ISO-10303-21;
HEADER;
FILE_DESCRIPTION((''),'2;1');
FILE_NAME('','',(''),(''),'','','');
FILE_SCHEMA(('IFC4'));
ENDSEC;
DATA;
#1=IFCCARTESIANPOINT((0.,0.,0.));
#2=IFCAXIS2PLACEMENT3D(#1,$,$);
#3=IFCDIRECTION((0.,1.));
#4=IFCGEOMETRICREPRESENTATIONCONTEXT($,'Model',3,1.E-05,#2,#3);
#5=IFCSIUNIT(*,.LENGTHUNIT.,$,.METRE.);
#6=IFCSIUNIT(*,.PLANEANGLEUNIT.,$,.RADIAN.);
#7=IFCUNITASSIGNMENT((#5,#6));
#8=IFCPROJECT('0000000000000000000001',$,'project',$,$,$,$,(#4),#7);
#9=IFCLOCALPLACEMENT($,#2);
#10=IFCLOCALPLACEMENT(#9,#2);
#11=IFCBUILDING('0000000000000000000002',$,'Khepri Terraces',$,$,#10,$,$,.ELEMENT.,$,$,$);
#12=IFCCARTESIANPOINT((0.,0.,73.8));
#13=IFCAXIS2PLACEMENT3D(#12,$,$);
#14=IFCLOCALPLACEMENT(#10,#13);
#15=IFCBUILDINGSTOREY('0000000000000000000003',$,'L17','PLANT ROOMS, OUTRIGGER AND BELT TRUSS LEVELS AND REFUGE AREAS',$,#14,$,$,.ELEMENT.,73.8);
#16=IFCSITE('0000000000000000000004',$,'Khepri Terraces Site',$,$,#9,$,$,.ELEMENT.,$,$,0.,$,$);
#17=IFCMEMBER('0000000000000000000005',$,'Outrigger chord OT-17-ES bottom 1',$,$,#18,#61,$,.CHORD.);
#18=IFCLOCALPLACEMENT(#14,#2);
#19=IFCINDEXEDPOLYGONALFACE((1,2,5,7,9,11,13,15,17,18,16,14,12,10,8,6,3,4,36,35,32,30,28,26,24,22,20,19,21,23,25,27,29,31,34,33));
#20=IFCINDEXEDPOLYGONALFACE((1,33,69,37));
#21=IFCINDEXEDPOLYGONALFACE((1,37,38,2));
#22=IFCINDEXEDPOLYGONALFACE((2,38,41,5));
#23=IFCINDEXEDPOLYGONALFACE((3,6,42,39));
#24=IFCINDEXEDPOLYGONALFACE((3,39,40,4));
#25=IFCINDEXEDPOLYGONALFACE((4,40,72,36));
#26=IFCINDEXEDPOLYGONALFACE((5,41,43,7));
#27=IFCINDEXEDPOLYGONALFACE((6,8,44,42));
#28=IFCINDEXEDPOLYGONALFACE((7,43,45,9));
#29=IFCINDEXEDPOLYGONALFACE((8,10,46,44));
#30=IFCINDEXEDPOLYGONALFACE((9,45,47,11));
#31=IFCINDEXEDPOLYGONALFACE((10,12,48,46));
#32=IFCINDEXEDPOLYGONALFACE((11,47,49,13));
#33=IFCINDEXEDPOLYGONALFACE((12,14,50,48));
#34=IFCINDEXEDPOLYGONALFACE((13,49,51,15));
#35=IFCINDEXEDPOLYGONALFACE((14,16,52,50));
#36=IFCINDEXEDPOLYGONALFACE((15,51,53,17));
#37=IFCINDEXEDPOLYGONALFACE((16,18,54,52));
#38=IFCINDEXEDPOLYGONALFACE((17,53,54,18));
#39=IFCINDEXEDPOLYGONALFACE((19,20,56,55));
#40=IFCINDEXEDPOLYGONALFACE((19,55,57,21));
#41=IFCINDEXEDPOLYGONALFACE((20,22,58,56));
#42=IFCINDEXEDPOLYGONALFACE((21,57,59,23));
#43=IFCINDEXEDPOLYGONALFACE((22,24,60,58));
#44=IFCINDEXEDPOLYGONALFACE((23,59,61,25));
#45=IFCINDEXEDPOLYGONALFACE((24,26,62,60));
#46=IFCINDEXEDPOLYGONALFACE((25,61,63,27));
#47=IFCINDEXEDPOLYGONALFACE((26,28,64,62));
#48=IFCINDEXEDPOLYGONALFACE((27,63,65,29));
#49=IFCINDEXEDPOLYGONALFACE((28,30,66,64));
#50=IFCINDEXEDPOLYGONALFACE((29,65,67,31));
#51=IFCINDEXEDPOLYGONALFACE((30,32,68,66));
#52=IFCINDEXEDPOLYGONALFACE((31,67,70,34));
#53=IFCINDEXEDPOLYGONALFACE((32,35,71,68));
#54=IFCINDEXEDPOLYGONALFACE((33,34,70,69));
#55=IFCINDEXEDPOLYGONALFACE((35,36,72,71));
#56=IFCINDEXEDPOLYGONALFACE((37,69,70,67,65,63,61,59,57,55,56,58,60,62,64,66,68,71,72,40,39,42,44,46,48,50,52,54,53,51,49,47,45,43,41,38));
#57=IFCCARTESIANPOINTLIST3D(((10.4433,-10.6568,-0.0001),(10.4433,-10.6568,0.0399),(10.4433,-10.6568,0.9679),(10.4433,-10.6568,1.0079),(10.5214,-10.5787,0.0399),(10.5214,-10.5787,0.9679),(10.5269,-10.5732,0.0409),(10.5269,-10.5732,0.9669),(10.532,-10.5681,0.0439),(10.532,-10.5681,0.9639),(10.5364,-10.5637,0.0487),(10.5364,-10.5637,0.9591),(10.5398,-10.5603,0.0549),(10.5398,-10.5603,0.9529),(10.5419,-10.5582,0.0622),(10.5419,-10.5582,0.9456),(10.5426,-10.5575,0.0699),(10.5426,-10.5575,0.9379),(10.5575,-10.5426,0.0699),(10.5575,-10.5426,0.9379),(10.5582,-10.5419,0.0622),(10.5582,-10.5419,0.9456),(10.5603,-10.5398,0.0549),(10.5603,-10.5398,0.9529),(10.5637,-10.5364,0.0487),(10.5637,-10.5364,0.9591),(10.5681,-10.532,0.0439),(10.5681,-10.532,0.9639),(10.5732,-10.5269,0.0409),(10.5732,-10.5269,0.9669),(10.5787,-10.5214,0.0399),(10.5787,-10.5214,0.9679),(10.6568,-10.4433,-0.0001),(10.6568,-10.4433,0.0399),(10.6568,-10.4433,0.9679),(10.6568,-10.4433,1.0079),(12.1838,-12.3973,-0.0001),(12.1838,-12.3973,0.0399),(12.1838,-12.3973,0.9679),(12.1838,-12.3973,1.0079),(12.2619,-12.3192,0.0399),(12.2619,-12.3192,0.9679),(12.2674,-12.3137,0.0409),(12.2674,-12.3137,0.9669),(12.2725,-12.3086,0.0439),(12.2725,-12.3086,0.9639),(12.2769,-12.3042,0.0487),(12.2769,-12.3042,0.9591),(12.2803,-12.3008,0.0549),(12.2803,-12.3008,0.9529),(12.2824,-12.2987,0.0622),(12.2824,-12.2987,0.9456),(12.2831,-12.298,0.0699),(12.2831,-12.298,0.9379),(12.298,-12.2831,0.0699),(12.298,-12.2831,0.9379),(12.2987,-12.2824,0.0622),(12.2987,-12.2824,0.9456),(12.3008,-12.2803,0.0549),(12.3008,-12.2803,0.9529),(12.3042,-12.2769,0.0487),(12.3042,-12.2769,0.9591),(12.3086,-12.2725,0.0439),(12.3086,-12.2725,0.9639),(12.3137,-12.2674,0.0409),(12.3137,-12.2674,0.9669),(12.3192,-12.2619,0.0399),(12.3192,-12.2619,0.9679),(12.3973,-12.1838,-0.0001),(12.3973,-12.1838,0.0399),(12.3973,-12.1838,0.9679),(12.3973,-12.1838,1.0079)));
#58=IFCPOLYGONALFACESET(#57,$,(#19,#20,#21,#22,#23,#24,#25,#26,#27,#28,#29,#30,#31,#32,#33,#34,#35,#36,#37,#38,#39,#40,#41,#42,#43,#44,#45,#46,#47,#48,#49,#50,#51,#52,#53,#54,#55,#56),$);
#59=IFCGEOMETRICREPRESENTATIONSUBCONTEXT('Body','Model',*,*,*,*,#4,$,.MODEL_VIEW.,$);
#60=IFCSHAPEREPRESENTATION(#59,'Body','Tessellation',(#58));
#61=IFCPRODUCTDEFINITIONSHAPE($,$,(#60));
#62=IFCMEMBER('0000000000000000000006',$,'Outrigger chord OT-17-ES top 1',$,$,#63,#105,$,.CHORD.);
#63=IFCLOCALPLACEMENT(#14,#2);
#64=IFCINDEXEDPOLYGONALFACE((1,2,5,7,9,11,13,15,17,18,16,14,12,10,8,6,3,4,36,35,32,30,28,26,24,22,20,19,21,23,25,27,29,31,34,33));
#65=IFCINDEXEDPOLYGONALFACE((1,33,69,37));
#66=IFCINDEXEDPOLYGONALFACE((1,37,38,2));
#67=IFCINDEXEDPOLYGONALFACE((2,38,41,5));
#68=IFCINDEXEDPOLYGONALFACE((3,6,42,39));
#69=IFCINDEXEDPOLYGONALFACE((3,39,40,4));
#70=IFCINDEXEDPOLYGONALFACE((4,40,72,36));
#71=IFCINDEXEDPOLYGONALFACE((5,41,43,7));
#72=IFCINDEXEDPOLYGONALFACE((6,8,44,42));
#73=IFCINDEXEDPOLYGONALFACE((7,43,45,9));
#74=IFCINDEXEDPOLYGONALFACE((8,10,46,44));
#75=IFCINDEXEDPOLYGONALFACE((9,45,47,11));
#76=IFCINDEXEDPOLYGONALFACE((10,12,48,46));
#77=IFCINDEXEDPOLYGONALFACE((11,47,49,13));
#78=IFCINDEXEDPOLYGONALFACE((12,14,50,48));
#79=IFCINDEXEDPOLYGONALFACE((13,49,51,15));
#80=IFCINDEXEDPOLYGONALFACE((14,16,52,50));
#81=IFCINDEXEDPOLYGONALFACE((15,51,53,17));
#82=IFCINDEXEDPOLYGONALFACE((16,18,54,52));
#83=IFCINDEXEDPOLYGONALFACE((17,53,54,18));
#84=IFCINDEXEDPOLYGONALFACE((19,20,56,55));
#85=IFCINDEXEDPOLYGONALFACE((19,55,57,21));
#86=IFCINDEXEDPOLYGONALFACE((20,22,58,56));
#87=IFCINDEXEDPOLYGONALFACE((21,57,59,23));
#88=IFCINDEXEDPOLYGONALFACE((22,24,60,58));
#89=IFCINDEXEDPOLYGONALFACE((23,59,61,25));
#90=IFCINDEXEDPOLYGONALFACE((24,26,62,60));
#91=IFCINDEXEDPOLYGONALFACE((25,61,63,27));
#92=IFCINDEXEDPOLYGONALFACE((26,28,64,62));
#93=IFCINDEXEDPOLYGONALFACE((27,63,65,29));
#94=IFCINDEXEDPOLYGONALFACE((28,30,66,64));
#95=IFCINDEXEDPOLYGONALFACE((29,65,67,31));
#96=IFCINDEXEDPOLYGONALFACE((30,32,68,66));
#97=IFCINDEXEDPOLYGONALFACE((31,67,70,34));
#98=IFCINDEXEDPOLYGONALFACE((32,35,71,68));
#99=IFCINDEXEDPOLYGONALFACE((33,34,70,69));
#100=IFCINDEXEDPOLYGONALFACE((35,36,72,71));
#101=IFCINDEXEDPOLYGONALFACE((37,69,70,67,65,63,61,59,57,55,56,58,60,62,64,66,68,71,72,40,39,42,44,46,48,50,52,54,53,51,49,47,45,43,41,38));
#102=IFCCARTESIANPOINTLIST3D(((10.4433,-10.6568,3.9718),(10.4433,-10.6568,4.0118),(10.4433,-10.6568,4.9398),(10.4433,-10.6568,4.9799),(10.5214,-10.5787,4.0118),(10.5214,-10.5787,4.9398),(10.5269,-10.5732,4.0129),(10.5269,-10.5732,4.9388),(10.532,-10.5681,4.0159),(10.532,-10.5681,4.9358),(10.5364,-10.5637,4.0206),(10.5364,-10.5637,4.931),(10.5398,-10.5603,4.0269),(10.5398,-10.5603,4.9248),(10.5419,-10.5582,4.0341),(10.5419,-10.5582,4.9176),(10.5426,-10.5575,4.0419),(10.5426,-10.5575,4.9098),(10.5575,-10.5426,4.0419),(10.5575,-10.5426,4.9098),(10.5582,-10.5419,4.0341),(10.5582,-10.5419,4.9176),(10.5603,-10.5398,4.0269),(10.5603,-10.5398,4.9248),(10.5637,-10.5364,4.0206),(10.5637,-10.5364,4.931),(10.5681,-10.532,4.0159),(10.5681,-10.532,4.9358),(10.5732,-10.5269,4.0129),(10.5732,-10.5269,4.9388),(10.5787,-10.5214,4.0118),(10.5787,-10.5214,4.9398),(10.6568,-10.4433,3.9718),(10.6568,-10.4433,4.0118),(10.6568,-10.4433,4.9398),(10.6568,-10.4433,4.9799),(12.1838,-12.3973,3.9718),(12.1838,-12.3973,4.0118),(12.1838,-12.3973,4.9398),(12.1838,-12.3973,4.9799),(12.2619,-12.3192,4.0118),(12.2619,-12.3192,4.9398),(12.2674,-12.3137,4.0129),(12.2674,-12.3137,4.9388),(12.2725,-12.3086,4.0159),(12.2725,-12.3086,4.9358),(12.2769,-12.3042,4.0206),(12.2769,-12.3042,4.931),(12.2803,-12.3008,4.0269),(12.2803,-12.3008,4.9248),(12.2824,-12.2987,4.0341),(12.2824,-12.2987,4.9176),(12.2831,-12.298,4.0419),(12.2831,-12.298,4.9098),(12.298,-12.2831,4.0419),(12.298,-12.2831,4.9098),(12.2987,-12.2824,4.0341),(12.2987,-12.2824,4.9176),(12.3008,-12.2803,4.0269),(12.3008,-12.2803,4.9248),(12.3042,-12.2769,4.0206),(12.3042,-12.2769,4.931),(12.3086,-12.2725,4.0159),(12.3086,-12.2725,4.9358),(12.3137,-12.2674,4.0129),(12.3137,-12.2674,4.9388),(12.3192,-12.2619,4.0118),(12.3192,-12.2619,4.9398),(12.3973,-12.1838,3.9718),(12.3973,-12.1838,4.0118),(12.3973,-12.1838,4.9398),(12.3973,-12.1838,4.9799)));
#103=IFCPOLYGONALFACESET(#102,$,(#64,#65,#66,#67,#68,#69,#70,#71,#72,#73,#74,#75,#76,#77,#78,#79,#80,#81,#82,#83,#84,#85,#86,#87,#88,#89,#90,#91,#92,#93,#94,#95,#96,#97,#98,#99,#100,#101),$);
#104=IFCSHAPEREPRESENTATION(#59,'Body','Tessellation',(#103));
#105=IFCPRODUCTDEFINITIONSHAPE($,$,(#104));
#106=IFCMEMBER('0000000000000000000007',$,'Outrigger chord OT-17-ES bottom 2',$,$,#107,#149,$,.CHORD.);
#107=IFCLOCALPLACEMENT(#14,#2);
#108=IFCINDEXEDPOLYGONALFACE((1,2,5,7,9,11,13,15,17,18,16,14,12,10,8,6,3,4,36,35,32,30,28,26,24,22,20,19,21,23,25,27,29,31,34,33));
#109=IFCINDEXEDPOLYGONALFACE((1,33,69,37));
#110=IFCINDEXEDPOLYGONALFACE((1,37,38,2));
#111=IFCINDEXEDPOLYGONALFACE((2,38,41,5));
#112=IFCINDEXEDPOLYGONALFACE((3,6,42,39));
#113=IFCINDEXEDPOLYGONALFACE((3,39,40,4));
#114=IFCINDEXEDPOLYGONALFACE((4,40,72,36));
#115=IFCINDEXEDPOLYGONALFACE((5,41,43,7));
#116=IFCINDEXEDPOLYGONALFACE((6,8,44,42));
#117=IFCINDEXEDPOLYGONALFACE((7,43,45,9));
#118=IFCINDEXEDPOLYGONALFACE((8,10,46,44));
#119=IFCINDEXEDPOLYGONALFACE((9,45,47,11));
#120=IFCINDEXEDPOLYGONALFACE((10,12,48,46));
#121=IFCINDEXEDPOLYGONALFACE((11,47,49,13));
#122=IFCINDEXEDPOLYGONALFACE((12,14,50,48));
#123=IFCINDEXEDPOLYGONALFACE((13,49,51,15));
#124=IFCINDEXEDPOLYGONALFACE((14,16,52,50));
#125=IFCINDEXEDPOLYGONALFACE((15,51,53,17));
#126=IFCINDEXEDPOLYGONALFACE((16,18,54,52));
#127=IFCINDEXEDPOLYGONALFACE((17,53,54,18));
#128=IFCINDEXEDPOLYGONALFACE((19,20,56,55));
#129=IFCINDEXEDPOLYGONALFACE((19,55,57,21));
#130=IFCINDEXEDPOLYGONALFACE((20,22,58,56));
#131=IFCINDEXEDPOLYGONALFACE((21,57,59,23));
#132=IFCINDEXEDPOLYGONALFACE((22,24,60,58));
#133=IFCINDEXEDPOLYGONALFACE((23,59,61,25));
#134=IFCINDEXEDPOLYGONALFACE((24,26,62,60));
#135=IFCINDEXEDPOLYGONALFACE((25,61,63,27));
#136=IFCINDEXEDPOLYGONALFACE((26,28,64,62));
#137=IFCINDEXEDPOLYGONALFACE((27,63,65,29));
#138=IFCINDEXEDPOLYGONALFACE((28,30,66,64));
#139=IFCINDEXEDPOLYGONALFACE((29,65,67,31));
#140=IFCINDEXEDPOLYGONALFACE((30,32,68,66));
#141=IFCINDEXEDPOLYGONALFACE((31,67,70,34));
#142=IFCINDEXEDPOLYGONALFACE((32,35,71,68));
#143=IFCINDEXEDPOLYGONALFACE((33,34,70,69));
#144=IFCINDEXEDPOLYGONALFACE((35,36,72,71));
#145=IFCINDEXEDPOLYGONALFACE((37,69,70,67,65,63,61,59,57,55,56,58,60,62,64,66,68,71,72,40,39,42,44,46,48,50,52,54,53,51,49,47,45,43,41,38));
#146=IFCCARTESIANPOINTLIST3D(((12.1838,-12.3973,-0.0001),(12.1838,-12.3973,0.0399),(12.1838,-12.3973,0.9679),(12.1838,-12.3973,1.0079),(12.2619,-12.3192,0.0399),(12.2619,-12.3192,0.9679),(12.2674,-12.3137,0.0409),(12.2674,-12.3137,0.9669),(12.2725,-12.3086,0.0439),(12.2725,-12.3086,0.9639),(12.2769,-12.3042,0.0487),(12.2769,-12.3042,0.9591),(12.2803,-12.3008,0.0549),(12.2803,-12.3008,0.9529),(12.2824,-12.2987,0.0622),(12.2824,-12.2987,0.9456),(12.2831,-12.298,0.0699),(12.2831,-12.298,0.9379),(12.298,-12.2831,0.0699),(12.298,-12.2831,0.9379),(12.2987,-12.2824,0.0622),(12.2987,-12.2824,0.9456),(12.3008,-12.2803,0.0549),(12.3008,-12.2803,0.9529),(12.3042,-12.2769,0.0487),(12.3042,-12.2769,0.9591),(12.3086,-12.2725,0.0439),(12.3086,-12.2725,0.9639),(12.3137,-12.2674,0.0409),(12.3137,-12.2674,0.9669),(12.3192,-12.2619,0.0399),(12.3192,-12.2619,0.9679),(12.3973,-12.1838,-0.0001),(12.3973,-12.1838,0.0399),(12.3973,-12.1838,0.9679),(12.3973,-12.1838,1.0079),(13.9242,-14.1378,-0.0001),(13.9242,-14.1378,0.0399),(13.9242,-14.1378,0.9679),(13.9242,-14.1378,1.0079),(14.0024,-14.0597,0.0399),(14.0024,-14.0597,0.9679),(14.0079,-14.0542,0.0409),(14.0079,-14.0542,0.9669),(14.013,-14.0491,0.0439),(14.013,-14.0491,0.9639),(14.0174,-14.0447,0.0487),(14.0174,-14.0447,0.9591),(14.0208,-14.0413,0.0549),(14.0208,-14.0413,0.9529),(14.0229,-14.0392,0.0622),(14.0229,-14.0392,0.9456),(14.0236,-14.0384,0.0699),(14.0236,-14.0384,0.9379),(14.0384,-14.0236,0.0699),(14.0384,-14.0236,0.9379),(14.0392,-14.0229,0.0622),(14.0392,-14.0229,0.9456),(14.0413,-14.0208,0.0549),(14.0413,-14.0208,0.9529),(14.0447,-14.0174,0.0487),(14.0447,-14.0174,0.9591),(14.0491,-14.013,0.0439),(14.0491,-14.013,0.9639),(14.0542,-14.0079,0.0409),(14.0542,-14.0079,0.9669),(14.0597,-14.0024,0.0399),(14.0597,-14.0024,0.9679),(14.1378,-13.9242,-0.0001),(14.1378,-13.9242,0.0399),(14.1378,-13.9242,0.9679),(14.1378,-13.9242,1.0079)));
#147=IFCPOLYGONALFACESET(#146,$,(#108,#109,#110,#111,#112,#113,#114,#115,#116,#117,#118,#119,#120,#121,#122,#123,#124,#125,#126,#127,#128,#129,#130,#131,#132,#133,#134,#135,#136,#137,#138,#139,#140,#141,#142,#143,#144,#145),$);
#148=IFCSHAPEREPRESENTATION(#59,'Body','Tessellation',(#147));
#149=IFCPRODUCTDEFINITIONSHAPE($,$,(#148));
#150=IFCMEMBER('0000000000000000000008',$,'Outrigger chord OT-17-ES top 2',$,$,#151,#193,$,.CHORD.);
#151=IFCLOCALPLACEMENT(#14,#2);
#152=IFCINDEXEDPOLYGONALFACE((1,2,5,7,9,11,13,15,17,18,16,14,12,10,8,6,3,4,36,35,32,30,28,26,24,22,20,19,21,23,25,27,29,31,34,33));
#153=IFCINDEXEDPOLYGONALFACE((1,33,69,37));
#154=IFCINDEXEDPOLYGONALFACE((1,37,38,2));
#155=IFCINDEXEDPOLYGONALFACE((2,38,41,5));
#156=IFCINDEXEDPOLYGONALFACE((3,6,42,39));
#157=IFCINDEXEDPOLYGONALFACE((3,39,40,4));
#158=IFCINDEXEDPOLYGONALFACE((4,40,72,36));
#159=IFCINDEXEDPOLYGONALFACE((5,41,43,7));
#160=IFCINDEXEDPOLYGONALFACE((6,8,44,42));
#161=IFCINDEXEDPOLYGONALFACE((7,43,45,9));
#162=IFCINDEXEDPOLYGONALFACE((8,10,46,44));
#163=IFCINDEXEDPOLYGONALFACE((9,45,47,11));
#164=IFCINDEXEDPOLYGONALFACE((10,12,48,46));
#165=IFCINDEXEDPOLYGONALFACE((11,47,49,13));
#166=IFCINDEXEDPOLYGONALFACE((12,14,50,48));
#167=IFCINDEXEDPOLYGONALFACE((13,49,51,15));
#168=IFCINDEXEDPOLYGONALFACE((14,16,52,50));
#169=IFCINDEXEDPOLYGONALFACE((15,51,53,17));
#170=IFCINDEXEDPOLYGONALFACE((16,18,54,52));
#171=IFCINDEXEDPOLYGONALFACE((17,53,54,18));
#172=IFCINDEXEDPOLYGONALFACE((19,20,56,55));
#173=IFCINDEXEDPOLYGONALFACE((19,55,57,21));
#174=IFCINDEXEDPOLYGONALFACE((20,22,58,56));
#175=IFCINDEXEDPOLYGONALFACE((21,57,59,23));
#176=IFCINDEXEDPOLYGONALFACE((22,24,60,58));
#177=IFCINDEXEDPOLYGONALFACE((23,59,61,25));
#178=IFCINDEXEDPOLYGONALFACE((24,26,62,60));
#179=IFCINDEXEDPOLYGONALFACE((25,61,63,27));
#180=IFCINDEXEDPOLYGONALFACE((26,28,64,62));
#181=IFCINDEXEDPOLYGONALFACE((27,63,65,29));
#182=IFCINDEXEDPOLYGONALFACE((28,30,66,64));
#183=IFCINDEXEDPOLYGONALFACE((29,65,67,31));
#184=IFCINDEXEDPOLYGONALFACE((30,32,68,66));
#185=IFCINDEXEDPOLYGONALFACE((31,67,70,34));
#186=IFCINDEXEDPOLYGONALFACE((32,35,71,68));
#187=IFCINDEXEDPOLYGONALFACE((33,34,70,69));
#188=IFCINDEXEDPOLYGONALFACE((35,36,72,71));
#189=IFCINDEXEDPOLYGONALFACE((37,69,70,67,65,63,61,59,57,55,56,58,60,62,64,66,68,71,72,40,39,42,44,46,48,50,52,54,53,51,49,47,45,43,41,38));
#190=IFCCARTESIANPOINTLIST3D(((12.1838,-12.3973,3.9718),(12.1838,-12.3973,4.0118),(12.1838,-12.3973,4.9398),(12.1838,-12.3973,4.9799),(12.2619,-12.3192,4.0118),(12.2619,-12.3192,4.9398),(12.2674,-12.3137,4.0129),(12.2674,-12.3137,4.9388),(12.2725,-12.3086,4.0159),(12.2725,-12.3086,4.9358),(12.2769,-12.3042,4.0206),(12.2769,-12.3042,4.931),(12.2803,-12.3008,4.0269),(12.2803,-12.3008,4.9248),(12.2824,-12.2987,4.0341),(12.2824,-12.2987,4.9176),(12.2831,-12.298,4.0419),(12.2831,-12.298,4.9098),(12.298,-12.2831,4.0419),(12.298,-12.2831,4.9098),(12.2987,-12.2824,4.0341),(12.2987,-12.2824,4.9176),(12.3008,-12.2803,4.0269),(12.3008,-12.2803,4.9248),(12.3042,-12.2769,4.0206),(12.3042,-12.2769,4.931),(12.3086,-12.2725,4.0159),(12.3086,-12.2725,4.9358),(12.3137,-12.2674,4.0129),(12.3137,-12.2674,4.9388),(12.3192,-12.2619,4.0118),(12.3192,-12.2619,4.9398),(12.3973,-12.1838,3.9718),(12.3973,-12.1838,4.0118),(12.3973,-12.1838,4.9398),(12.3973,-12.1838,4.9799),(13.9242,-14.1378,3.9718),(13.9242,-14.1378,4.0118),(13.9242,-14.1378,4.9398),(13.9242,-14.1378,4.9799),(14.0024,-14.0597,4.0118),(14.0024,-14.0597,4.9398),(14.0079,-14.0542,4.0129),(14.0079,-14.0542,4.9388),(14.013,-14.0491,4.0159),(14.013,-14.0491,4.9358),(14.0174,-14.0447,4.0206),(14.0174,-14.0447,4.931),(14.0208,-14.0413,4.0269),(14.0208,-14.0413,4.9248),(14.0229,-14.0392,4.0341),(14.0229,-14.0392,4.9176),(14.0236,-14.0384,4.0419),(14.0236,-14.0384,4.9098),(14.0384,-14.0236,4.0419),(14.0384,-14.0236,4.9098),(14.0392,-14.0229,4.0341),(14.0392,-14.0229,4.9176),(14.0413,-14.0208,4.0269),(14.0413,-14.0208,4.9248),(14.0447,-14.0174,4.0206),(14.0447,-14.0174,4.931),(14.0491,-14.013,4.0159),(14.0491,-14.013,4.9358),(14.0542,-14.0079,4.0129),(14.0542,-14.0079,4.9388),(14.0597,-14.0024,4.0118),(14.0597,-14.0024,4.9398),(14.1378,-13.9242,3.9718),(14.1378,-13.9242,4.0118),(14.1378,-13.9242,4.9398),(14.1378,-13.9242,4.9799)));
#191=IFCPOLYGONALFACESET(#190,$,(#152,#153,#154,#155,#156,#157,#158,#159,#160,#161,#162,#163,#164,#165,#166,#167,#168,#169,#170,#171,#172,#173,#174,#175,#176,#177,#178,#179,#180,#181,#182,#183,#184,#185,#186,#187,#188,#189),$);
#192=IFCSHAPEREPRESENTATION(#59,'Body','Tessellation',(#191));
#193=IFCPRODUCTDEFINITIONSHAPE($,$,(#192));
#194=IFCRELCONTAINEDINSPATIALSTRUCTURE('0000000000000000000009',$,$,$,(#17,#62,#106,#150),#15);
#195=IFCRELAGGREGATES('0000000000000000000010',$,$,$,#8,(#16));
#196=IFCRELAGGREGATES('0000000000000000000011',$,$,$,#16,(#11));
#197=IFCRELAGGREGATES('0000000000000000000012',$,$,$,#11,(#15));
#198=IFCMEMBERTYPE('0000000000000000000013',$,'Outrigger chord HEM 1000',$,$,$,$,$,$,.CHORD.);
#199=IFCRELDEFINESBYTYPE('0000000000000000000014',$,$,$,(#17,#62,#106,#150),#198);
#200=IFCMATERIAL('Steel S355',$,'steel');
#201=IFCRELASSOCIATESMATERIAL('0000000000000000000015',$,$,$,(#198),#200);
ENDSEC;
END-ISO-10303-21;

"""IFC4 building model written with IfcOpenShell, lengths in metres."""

from ifc_helpers import new_model, si_unit, direction, frame, origin, origin_2d, place, context, subcontext, project, spatial, i_section, extrude, material, material_profile, profile_set, type_object, element, save


model = new_model("IFC4")

# Units and contexts
model_context = context("Model", 3, precision=1e-05, world=origin(), true_north=direction((0.0, 1.0)))
body_context = subcontext(model_context, "Body", "Model", "MODEL_VIEW")
ifc_project = project(units=[si_unit("LENGTHUNIT", "METRE"), si_unit("PLANEANGLEUNIT", "RADIAN")], contexts=[model_context])

# Site, building, storey
site_placement = place(None, origin())
site = spatial("IfcSite", under=ifc_project, at=site_placement, Name="Khepri Terraces Site", CompositionType="ELEMENT", RefElevation=0.0)
building_placement = place(site_placement, origin())
building = spatial("IfcBuilding", under=site, at=building_placement, Name="Khepri Terraces", CompositionType="ELEMENT")
storey_placement = place(building_placement, frame((0.0, 0.0, 73.8)))
storey = spatial("IfcBuildingStorey", under=building, at=storey_placement, Name="L17", Description="PLANT ROOMS, OUTRIGGER AND BELT TRUSS LEVELS AND REFUGE AREAS", CompositionType="ELEMENT", Elevation=73.8)

# Members
ifc_material_1 = material(Name="Steel S355", Category="steel")
ifc_material_profile_1 = material_profile(ifc_material_1, i_section(OverallWidth=0.302, OverallDepth=1.0081, WebThickness=0.021, FlangeThickness=0.04, FilletRadius=0.03, at=origin_2d()), Name="Steel S355", Category="steel")
ifc_profile_set_1 = profile_set([ifc_material_profile_1], Name="Steel S355")
member_type_1 = type_object("IfcMemberType", Name="Outrigger chord HEM 1000", PredefinedType="CHORD", material=ifc_profile_set_1)
for number, where, z_axis, x_axis, name in (
    (1, (10.55, -10.55, 0.5039), (0.707107, -0.707107, 0.0), (0.707107, 0.707107, 0.0), "Outrigger chord OT-17-ES bottom 1"),
    (2, (10.55, -10.55, 4.4758), (0.707107, -0.707107, 0.0), (0.707107, 0.707107, 0.0), "Outrigger chord OT-17-ES top 1"),
    (3, (12.2905, -12.2905, 0.5039), (0.707107, -0.707107, 0.0), (0.707107, 0.707107, 0.0), "Outrigger chord OT-17-ES bottom 2"),
    (4, (12.2905, -12.2905, 4.4758), (0.707107, -0.707107, 0.0), (0.707107, 0.707107, 0.0), "Outrigger chord OT-17-ES top 2"),
):
    element("IfcMember", number, at=place(storey_placement, frame(where, z_axis=z_axis, x_axis=x_axis)), inside=storey, type_object=member_type_1, Name=name, PredefinedType="CHORD", context=body_context, shape_type="SweptSolid", body=[
        extrude(i_section(OverallWidth=0.302, OverallDepth=1.0081, WebThickness=0.021, FlangeThickness=0.04, FilletRadius=0.03, at=origin_2d()), origin(), (0.0, 0.0, 1.0), 2.4614),
    ])

save(model, "model.ifc")
